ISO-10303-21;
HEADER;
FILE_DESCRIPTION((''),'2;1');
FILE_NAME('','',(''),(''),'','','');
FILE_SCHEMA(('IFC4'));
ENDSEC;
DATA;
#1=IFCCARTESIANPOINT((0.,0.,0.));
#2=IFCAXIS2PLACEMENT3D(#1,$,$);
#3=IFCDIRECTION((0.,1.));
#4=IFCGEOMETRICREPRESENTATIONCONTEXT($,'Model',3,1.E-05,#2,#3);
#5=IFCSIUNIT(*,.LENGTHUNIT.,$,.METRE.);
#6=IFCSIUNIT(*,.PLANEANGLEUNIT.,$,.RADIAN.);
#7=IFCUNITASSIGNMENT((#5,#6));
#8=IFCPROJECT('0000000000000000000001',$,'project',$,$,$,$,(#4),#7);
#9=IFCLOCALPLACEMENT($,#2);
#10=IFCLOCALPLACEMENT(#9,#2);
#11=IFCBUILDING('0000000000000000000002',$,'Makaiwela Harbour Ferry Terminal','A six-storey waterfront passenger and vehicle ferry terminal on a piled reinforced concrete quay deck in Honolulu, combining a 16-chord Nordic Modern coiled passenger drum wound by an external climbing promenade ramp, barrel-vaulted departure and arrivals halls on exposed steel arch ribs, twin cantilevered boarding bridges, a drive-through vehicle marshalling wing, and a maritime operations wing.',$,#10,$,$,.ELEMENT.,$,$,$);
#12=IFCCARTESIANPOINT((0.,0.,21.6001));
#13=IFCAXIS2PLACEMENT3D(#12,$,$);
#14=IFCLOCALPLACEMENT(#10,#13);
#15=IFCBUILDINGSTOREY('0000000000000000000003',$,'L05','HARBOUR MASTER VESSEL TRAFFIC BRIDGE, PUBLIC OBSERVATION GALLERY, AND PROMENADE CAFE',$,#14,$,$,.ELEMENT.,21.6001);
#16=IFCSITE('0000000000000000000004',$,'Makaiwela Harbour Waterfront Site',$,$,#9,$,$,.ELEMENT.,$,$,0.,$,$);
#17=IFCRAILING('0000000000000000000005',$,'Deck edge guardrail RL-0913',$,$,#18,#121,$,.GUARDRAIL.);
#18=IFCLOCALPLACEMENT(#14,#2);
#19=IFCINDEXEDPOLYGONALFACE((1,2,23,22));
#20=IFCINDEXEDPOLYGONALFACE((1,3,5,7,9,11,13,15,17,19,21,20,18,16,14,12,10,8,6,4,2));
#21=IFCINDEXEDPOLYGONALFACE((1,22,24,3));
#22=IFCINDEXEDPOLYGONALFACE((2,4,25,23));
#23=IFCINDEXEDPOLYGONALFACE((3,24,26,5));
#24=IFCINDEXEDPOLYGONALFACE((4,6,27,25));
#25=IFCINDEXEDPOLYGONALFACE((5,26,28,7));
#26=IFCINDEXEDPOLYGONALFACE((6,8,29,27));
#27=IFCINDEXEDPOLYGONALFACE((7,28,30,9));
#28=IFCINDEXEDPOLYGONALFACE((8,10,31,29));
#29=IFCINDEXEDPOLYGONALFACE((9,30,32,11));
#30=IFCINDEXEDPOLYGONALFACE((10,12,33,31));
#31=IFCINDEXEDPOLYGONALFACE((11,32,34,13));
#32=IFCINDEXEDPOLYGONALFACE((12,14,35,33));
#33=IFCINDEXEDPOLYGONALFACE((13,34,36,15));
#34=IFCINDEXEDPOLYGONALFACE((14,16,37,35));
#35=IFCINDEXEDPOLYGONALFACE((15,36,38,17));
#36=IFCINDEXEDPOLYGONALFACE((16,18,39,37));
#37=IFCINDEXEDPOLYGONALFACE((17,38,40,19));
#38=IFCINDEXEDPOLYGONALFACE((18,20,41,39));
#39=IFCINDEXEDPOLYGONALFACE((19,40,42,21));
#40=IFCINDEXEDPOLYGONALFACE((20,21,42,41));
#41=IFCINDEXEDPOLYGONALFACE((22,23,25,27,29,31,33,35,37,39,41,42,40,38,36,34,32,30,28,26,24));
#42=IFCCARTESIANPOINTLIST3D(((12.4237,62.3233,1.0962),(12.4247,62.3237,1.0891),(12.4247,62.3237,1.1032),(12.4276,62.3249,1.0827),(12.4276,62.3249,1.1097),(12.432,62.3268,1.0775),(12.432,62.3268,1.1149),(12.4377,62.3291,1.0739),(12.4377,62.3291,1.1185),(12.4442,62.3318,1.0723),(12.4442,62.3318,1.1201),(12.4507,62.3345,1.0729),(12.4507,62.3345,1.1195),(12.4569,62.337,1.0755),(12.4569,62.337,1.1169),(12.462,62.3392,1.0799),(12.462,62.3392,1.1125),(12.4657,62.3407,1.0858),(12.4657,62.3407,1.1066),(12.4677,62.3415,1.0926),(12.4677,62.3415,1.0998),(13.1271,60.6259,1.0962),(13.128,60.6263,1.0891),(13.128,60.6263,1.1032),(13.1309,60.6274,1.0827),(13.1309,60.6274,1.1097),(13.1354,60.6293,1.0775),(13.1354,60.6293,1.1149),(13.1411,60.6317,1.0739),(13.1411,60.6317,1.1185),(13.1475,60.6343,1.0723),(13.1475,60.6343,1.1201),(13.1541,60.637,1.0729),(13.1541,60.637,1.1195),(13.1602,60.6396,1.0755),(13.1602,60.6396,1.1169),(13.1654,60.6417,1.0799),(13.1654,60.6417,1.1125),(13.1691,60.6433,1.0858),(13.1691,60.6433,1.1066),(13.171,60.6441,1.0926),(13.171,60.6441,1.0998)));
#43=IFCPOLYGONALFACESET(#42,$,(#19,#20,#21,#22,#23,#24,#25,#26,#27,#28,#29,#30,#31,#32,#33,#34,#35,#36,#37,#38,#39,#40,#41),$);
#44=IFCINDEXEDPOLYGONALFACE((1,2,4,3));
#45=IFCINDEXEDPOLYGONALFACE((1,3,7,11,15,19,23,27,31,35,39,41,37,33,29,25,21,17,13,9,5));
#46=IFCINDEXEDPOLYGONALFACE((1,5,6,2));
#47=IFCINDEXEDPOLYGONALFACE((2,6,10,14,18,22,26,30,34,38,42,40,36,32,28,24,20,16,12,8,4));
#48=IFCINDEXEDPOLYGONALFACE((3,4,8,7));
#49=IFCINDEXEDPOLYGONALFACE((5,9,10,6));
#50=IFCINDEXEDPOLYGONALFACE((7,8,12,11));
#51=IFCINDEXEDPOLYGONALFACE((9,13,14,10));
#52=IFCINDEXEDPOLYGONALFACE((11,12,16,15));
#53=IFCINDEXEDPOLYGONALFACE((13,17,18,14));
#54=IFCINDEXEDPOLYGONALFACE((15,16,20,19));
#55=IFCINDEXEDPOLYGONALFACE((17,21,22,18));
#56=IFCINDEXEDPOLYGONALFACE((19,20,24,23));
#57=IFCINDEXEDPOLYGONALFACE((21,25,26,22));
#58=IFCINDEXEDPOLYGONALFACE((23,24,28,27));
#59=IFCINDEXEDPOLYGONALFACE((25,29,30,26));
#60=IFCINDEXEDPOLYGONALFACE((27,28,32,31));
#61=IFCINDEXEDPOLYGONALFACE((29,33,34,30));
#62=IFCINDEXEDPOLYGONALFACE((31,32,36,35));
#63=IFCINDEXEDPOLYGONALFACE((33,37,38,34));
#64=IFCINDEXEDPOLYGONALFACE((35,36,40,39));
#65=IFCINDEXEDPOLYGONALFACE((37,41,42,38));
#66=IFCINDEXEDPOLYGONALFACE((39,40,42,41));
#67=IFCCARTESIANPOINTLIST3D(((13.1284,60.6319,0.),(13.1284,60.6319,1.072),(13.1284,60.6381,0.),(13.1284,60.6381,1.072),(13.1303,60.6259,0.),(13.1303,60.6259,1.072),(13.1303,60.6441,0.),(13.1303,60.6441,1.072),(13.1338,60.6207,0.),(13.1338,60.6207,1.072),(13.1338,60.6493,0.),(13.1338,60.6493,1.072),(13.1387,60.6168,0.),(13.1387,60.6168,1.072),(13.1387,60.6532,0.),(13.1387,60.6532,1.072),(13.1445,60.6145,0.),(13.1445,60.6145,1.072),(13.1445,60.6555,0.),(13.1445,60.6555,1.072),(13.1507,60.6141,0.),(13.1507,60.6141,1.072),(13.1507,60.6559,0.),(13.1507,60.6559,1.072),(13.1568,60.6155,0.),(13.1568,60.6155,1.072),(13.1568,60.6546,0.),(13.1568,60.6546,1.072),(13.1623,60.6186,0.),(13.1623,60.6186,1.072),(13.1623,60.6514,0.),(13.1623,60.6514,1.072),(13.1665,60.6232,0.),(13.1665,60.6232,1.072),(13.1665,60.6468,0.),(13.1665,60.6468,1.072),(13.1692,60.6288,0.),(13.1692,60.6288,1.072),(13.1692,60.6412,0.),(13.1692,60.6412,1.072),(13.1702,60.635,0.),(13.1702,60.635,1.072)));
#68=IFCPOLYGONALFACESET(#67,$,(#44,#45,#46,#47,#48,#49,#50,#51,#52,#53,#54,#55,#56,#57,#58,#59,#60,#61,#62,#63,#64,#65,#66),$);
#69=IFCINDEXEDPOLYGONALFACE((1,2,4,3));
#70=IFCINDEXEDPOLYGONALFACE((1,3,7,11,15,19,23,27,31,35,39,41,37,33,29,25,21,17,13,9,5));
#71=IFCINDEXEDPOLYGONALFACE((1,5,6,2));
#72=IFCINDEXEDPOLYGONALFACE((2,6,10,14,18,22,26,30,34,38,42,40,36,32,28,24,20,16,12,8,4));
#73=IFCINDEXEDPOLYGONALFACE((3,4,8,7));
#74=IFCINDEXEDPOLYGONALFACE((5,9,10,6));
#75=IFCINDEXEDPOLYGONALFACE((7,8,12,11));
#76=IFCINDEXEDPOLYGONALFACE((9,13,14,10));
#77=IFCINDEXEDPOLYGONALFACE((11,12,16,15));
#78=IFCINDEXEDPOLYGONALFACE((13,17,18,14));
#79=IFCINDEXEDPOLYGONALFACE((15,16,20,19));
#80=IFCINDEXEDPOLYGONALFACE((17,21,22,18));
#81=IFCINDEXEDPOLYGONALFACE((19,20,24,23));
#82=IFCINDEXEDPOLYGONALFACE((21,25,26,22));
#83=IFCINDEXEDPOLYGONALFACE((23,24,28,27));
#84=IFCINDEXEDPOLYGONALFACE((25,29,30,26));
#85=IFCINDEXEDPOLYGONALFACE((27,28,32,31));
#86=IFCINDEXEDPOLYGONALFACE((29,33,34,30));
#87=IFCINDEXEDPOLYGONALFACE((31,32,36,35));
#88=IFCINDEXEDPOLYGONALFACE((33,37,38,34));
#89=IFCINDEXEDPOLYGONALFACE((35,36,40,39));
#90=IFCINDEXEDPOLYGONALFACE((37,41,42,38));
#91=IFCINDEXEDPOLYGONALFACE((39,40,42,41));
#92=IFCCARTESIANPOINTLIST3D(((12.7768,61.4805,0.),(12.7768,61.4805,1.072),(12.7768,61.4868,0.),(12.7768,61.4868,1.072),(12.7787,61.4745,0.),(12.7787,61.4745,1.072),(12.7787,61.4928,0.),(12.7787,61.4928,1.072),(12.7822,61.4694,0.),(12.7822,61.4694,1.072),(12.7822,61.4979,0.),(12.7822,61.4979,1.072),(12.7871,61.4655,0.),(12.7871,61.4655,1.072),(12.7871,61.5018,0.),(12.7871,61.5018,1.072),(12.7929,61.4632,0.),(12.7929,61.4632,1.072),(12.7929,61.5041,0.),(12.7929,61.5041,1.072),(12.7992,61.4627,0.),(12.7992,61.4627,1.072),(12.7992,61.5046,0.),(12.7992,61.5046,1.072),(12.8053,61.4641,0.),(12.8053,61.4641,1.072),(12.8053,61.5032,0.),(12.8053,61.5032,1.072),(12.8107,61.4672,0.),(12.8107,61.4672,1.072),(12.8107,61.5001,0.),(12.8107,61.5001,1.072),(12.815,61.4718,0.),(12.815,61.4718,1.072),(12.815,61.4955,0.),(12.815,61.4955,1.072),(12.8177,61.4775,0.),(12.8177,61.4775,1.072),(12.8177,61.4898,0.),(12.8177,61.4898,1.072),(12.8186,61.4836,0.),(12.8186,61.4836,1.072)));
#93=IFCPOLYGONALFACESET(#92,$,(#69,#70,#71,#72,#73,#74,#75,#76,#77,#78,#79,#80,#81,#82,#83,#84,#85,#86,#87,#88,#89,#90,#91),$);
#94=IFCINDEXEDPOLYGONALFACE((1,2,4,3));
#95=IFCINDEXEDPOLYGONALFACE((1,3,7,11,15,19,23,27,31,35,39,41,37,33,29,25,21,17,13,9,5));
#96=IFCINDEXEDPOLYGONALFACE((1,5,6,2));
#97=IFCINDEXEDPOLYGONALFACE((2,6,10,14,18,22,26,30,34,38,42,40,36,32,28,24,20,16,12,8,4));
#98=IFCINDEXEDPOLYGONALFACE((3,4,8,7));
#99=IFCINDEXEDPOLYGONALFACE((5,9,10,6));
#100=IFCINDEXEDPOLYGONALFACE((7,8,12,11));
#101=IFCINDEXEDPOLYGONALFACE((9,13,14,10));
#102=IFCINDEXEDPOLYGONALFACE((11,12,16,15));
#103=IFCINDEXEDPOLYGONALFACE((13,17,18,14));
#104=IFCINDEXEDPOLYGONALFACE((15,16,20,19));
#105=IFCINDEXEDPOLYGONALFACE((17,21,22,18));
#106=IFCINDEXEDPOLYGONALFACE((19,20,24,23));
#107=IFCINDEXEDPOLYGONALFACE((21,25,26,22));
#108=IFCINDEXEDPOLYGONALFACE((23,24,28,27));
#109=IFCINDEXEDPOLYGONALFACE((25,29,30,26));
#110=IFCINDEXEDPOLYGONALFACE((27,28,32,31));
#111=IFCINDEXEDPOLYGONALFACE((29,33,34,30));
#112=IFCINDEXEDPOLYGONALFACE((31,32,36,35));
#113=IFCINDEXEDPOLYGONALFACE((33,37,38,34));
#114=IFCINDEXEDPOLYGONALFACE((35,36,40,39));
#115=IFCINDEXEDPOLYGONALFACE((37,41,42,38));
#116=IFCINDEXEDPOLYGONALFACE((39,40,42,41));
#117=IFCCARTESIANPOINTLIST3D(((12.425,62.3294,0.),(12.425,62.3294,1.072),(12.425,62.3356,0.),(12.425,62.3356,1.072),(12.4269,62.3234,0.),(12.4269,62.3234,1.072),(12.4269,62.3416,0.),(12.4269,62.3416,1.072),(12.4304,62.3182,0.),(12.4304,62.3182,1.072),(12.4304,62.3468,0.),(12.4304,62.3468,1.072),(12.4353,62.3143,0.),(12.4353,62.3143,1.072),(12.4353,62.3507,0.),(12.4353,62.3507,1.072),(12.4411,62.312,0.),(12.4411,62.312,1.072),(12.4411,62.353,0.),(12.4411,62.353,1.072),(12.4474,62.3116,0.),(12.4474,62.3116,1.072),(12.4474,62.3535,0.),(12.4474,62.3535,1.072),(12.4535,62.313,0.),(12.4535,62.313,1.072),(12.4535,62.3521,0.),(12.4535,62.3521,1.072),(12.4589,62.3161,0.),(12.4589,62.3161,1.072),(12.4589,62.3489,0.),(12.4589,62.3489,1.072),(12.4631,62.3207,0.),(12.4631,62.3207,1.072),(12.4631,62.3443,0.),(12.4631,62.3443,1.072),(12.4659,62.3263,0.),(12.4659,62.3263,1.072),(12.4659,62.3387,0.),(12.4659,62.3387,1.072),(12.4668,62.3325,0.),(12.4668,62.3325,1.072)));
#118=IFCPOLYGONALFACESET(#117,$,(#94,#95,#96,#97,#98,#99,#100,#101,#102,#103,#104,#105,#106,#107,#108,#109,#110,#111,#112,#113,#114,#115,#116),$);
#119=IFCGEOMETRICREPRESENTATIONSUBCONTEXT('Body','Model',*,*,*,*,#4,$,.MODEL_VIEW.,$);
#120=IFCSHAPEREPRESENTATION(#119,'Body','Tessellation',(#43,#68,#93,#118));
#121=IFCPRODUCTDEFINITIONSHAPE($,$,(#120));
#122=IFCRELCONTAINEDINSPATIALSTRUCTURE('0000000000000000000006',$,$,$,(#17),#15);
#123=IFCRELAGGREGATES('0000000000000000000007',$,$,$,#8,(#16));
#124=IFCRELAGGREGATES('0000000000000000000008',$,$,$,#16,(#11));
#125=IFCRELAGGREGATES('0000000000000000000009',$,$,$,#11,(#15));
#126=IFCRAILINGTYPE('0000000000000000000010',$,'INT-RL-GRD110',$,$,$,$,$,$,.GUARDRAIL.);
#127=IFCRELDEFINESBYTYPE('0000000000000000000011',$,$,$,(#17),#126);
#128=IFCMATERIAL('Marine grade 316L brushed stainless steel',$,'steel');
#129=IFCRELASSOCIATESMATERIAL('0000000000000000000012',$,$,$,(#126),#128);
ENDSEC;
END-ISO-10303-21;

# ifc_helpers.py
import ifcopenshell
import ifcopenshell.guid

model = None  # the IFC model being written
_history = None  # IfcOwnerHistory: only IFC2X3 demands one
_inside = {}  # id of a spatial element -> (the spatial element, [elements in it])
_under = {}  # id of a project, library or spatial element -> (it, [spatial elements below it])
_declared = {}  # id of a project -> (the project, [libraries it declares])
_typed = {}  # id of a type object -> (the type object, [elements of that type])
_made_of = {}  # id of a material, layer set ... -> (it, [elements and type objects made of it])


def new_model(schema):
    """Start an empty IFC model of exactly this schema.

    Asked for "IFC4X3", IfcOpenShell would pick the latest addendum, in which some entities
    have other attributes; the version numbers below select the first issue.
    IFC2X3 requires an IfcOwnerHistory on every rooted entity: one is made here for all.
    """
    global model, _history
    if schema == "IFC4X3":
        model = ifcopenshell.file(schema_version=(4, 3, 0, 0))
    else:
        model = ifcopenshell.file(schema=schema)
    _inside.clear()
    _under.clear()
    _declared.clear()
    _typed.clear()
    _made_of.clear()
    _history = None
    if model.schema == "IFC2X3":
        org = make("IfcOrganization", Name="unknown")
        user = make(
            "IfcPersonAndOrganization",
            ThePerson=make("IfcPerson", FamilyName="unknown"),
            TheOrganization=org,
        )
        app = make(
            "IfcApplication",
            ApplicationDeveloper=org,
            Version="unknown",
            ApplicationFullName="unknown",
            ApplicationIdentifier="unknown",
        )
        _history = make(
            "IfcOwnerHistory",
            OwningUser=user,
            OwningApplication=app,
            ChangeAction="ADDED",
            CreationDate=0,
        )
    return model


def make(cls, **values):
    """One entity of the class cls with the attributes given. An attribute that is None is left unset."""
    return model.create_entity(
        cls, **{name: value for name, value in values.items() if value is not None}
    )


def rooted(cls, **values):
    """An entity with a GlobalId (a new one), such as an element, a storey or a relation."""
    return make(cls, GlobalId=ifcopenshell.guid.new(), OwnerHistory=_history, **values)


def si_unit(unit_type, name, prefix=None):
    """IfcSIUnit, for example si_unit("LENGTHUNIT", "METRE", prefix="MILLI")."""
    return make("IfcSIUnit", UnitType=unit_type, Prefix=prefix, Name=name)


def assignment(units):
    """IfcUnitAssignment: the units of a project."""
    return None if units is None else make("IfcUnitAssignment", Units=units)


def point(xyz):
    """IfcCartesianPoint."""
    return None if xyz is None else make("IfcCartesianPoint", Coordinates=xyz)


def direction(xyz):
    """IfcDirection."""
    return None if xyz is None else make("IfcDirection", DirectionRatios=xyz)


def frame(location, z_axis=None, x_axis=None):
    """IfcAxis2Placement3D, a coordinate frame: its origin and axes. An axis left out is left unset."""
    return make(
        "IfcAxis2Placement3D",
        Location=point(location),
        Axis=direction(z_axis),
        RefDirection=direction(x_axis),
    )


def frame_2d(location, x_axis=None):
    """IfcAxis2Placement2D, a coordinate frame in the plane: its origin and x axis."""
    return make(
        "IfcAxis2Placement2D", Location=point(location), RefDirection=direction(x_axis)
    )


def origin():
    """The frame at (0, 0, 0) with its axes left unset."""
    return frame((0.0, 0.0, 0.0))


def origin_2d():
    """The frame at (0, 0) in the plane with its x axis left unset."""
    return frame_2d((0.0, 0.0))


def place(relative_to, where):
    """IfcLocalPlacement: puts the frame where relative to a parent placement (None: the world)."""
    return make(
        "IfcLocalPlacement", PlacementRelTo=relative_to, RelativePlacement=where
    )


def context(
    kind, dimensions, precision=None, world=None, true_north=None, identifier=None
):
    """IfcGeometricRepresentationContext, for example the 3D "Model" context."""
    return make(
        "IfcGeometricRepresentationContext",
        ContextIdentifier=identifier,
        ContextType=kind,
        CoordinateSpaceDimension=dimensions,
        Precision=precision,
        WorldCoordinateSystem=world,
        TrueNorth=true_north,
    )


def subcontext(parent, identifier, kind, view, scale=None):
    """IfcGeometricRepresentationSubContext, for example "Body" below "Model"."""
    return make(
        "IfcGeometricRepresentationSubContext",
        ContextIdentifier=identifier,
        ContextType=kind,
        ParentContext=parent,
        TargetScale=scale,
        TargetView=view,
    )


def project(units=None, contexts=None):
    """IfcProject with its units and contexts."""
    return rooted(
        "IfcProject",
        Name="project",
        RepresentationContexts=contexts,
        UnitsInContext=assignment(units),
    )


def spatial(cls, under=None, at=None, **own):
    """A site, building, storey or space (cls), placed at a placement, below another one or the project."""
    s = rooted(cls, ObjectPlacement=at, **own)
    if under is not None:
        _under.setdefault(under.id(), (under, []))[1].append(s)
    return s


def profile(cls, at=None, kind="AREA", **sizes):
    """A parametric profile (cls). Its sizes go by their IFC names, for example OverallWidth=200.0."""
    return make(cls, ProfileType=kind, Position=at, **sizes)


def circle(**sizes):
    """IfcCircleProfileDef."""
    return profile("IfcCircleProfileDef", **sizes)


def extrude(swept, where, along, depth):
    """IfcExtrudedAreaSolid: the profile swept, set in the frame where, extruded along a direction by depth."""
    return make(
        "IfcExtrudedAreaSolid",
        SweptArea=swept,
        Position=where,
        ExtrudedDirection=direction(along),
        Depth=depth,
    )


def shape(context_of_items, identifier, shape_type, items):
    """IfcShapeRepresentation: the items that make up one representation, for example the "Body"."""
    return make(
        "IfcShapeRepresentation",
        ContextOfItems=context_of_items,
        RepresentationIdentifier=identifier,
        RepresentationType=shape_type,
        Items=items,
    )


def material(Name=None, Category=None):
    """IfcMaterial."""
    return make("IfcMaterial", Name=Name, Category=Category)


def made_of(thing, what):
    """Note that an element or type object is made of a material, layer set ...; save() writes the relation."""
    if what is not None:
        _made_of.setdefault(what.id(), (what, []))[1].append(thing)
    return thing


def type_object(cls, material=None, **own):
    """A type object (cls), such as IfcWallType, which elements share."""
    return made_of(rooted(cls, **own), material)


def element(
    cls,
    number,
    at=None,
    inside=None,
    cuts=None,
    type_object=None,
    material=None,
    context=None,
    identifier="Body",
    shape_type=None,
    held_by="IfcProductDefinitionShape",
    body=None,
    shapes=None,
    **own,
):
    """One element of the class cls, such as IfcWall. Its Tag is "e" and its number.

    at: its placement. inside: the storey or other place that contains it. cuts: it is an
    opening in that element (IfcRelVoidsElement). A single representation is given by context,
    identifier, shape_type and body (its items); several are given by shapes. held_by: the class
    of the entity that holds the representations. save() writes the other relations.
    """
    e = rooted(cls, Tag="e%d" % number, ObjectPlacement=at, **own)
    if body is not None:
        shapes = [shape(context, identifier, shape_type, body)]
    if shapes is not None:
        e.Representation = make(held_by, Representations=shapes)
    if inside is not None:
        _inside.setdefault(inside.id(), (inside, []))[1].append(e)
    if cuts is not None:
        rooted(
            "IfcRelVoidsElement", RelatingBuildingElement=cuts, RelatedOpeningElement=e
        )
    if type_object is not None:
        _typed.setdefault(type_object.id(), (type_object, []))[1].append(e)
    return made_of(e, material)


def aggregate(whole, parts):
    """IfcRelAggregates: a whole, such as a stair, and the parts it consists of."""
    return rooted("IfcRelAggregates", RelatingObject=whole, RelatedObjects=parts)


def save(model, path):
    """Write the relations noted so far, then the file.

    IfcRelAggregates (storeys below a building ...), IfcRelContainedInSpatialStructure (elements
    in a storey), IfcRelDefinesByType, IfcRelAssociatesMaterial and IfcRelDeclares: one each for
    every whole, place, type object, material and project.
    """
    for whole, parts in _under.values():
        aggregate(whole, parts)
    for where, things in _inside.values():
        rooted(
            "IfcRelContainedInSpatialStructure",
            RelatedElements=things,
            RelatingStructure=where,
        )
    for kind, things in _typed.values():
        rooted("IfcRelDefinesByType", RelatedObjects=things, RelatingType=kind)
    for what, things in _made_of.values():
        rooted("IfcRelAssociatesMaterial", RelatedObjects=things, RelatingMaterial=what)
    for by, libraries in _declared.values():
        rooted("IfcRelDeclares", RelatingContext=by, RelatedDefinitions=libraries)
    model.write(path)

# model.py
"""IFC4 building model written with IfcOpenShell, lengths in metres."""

from ifc_helpers import new_model, si_unit, direction, frame, origin, origin_2d, place, context, subcontext, project, spatial, circle, extrude, material, type_object, element, save


model = new_model("IFC4")

# Units and contexts
model_context = context("Model", 3, precision=1e-05, world=origin(), true_north=direction((0.0, 1.0)))
body_context = subcontext(model_context, "Body", "Model", "MODEL_VIEW")
ifc_project = project(units=[si_unit("LENGTHUNIT", "METRE"), si_unit("PLANEANGLEUNIT", "RADIAN")], contexts=[model_context])

# Site, building, storey
site_placement = place(None, origin())
site = spatial("IfcSite", under=ifc_project, at=site_placement, Name="Makaiwela Harbour Waterfront Site", CompositionType="ELEMENT", RefElevation=0.0)
building_placement = place(site_placement, origin())
building = spatial("IfcBuilding", under=site, at=building_placement, Name="Makaiwela Harbour Ferry Terminal", Description="A six-storey waterfront passenger and vehicle ferry terminal on a piled reinforced concrete quay deck in Honolulu, combining a 16-chord Nordic Modern coiled passenger drum wound by an external climbing promenade ramp, barrel-vaulted departure and arrivals halls on exposed steel arch ribs, twin cantilevered boarding bridges, a drive-through vehicle marshalling wing, and a maritime operations wing.", CompositionType="ELEMENT")
storey_placement = place(building_placement, frame((0.0, 0.0, 21.6001)))
storey = spatial("IfcBuildingStorey", under=building, at=storey_placement, Name="L05", Description="HARBOUR MASTER VESSEL TRAFFIC BRIDGE, PUBLIC OBSERVATION GALLERY, AND PROMENADE CAFE", CompositionType="ELEMENT", Elevation=21.6001)

# Railing
ifc_material_1 = material(Name="Marine grade 316L brushed stainless steel", Category="steel")
railing_type = type_object("IfcRailingType", Name="INT-RL-GRD110", PredefinedType="GUARDRAIL", material=ifc_material_1)
railing_1_placement = place(storey_placement, frame((13.1492, 60.635, 0.0)))
element("IfcRailing", 1, at=railing_1_placement, inside=storey, type_object=railing_type, Name="Deck edge guardrail RL-0913", PredefinedType="GUARDRAIL", context=body_context, shape_type="SweptSolid", body=[
    extrude(circle(Radius=0.0239, at=origin_2d()), frame((0.0, 0.0, 1.0962), z_axis=(-0.382794, 0.923834, 0.0), x_axis=(-0.923834, -0.382794, 0.0)), (0.0, 0.0, 1.0), 1.8374),
    extrude(circle(Radius=0.021, at=origin_2d()), origin(), (0.0, 0.0, 1.0), 1.072),
    extrude(circle(Radius=0.021, at=origin_2d()), frame((-0.3516, 0.8486, 0.0)), (0.0, 0.0, 1.0), 1.072),
    extrude(circle(Radius=0.021, at=origin_2d()), frame((-0.7034, 1.6975, 0.0)), (0.0, 0.0, 1.0), 1.072),
])

save(model, "model.ifc")
